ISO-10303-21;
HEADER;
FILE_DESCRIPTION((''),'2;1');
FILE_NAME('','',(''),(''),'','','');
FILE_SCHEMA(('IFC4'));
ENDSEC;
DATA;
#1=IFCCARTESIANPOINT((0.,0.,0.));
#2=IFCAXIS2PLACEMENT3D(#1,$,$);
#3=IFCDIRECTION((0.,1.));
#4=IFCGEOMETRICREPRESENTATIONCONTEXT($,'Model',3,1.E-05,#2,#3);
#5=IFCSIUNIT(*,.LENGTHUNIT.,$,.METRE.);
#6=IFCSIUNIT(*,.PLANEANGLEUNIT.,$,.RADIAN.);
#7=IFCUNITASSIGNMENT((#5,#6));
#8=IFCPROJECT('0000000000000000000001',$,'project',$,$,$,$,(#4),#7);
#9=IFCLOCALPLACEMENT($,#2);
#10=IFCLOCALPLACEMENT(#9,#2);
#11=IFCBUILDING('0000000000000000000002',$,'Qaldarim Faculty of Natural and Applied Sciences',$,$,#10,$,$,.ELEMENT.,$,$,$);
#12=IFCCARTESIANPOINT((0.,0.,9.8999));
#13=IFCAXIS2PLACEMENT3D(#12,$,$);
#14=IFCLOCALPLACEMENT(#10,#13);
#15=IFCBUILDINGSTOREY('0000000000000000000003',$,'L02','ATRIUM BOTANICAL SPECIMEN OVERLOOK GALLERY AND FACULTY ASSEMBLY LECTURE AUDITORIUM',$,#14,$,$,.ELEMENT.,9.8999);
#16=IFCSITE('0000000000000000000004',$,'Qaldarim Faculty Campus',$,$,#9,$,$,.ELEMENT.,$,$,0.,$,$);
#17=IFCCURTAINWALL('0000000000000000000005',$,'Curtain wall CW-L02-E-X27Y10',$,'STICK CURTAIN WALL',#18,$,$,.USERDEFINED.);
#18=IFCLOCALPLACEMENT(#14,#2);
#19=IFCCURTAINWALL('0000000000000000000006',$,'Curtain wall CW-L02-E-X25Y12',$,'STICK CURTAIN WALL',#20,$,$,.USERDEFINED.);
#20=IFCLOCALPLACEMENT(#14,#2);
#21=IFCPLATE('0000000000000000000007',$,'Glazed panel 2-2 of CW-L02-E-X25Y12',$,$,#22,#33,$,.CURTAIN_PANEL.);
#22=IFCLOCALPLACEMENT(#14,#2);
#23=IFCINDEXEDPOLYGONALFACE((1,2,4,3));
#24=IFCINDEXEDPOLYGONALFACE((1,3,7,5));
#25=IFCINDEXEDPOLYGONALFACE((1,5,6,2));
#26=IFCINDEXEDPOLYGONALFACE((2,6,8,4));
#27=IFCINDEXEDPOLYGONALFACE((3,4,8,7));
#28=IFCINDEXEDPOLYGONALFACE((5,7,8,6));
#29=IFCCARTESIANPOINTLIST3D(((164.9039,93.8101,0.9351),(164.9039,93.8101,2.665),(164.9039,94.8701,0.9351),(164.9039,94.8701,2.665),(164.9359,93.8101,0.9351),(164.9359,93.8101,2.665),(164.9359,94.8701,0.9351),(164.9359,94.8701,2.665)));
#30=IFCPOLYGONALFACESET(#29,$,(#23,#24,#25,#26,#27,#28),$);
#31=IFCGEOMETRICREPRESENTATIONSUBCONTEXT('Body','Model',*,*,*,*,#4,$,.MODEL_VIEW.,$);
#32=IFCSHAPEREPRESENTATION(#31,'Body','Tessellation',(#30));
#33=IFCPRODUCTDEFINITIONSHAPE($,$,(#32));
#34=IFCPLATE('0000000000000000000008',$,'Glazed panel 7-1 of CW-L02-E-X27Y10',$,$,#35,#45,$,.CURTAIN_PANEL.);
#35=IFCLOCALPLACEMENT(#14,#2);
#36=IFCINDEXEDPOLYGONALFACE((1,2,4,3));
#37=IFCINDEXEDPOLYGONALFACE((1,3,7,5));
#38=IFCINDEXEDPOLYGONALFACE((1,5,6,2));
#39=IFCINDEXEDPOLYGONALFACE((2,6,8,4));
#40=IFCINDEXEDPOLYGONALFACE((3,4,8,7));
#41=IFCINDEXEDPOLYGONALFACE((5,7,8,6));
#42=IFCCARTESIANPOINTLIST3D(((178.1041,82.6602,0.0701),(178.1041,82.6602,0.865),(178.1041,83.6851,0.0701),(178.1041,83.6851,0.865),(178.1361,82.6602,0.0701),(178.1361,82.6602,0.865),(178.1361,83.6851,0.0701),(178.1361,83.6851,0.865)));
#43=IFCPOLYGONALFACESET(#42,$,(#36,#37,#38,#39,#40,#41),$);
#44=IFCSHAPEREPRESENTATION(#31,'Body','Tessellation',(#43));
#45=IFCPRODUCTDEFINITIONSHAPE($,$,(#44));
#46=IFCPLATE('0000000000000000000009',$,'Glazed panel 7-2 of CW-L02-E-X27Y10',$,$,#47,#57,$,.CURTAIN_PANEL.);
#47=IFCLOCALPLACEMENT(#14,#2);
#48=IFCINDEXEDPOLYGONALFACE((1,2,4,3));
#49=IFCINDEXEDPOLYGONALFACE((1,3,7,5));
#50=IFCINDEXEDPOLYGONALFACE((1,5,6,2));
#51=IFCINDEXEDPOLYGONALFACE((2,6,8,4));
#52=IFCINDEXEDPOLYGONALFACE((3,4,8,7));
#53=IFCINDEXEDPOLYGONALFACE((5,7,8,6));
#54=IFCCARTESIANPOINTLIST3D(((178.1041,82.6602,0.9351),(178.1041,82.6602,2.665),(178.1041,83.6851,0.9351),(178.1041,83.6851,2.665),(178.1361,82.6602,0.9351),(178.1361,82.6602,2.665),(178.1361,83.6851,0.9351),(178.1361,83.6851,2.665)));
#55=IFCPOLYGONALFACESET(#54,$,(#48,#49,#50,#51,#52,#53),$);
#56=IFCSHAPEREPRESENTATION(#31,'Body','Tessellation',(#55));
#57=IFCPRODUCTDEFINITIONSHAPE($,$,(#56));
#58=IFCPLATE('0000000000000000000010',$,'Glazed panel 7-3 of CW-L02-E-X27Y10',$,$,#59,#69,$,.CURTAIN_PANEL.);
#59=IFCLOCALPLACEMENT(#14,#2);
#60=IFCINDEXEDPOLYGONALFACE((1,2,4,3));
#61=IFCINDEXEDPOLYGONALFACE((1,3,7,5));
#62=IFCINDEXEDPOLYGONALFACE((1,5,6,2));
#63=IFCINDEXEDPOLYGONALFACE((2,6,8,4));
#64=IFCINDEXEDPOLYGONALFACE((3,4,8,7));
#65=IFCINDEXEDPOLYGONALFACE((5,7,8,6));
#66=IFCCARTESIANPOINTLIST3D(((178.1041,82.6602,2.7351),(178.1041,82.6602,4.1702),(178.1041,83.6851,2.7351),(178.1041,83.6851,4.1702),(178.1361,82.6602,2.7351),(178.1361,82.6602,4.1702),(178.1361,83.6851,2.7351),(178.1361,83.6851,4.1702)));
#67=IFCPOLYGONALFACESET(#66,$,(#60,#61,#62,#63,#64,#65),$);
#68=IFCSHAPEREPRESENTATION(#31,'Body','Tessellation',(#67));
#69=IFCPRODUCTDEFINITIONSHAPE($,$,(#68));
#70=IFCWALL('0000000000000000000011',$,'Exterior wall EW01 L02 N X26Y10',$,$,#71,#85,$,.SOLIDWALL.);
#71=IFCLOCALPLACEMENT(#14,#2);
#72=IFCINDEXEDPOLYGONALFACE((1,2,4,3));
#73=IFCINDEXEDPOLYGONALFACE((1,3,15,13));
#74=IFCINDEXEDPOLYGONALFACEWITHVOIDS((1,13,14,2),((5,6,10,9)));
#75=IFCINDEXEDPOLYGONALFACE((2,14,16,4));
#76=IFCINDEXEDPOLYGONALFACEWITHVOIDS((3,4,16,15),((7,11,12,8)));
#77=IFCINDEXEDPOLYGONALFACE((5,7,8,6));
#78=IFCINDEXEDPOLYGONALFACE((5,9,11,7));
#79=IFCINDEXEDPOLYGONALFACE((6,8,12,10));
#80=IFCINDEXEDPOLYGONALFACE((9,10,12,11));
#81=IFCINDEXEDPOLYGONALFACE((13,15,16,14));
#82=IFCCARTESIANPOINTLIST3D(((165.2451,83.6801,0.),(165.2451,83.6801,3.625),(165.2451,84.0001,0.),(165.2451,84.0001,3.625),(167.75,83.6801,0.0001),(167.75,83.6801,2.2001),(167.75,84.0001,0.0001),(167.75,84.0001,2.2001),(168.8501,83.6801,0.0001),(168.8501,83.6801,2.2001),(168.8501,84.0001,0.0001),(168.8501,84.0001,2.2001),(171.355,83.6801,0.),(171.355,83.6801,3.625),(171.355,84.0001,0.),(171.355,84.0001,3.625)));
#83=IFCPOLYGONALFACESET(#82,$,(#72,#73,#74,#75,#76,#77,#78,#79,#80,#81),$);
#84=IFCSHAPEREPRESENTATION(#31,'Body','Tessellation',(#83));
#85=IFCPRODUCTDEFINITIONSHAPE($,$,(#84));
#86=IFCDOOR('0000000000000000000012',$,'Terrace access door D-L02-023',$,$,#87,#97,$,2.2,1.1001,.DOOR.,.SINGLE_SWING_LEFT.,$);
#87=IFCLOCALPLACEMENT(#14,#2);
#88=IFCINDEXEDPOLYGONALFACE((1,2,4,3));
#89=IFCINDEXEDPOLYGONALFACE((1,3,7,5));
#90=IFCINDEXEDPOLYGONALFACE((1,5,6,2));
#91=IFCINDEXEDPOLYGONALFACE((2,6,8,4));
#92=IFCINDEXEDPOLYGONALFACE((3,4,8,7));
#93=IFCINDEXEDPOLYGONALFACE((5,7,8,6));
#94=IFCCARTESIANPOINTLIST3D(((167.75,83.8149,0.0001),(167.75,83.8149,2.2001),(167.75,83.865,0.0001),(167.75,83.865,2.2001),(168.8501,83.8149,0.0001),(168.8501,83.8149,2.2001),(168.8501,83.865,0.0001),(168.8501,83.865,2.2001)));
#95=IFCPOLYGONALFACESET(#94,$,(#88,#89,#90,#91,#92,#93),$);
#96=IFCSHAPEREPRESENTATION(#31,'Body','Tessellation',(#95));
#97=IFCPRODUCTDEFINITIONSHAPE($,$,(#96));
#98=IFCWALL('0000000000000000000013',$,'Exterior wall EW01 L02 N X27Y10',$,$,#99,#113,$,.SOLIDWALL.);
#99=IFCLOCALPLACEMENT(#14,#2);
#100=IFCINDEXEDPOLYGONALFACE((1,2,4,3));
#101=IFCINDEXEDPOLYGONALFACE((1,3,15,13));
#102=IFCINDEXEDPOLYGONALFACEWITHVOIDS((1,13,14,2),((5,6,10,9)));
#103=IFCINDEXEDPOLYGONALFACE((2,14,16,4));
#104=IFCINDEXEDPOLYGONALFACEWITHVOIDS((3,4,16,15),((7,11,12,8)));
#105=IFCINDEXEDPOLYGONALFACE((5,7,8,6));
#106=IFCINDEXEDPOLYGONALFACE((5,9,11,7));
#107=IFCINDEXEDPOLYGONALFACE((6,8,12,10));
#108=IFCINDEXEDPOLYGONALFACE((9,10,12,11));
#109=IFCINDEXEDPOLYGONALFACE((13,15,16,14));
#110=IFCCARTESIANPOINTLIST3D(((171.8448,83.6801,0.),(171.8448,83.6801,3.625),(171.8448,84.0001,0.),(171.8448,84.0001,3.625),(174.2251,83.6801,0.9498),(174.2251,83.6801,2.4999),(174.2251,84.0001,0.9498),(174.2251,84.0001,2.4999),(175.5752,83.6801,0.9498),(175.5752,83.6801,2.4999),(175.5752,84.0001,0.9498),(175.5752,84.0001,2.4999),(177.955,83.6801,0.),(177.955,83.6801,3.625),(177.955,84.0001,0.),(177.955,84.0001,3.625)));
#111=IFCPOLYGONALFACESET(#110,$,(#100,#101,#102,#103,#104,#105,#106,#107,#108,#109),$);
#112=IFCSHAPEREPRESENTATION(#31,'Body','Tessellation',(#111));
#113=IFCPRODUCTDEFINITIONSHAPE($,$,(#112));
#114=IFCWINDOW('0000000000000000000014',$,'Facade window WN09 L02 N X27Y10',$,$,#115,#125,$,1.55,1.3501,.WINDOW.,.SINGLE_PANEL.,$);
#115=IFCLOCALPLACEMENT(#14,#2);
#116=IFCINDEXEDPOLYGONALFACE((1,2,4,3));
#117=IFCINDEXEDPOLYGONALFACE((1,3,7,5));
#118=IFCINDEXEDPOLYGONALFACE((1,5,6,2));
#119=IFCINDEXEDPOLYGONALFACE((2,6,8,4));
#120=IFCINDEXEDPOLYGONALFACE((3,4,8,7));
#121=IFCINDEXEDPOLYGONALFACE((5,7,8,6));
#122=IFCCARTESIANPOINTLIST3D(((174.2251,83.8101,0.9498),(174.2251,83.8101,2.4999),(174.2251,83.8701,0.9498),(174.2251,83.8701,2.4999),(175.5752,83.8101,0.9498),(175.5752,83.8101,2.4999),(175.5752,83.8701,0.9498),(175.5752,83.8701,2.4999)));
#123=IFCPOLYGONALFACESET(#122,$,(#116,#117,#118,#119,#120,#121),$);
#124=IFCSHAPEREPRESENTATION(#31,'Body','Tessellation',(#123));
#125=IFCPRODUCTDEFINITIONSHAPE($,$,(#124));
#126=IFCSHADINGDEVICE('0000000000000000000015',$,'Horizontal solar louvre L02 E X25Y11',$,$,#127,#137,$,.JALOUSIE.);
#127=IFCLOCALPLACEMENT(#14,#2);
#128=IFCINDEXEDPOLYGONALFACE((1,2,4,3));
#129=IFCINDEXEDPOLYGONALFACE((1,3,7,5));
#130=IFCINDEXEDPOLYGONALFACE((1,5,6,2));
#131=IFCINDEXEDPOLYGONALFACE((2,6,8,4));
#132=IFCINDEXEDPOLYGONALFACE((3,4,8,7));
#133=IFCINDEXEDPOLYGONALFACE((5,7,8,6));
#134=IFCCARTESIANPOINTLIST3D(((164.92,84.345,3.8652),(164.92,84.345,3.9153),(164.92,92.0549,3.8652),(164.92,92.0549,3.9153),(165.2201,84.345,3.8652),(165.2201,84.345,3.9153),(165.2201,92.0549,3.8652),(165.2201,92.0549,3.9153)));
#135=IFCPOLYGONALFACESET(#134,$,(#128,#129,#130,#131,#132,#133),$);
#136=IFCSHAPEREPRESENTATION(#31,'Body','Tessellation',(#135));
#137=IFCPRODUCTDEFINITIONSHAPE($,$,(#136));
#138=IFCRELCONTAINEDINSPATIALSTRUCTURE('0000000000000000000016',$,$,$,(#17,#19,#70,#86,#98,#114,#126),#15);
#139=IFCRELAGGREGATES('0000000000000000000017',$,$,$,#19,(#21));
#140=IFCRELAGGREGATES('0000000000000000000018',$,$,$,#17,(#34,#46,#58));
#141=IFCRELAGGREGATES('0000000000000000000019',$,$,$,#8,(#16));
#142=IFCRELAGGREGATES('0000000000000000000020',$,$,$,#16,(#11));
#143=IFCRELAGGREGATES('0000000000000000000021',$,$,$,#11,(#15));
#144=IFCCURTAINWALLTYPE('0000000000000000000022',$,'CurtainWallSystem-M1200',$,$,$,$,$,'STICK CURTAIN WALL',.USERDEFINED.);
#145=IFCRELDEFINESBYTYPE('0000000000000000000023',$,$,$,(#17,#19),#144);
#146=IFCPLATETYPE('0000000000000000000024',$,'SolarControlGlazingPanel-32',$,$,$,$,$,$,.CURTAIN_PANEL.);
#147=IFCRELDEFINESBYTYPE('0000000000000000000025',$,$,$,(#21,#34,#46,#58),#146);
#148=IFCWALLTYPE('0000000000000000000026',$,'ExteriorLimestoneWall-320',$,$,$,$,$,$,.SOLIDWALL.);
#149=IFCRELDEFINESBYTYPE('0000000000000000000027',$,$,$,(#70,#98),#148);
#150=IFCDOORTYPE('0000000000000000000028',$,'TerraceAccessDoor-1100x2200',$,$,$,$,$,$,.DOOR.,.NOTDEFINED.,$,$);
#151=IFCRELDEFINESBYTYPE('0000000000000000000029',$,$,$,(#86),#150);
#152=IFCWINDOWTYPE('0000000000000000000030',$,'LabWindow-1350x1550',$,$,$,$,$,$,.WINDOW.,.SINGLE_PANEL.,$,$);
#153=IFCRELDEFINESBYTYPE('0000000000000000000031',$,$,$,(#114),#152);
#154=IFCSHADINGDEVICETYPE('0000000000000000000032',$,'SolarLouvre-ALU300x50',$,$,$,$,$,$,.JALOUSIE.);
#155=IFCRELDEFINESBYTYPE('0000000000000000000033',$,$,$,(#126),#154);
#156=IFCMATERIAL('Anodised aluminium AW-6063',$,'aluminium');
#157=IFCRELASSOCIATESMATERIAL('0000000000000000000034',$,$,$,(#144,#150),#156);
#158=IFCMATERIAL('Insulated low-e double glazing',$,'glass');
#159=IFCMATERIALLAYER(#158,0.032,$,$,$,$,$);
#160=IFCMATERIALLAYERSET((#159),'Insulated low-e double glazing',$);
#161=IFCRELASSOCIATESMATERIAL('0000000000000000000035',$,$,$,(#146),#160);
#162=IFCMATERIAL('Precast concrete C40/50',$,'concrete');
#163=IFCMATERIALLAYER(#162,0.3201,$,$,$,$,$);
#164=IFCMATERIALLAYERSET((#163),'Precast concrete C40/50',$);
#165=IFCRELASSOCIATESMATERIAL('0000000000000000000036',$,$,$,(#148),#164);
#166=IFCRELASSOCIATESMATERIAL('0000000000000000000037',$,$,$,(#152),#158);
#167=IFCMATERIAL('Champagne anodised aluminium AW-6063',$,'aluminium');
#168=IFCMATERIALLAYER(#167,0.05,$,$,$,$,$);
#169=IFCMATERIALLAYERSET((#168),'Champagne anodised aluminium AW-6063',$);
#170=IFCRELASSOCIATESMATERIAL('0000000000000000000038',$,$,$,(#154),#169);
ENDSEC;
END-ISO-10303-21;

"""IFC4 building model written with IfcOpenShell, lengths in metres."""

from ifc_helpers import new_model, si_unit, direction, frame, frame_2d, origin, origin_2d, place, context, subcontext, project, spatial, rectangle, extrude, material, layer, layer_set, type_object, element, fill, aggregate, save


model = new_model("IFC4")

# Units and contexts
model_context = context("Model", 3, precision=1e-05, world=origin(), true_north=direction((0.0, 1.0)))
body_context = subcontext(model_context, "Body", "Model", "MODEL_VIEW")
ifc_project = project(units=[si_unit("LENGTHUNIT", "METRE"), si_unit("PLANEANGLEUNIT", "RADIAN")], contexts=[model_context])

# Site, building, storey
site_placement = place(None, origin())
site = spatial("IfcSite", under=ifc_project, at=site_placement, Name="Qaldarim Faculty Campus", CompositionType="ELEMENT", RefElevation=0.0)
building_placement = place(site_placement, origin())
building = spatial("IfcBuilding", under=site, at=building_placement, Name="Qaldarim Faculty of Natural and Applied Sciences", CompositionType="ELEMENT")
storey_placement = place(building_placement, frame((0.0, 0.0, 9.8999)))
storey = spatial("IfcBuildingStorey", under=building, at=storey_placement, Name="L02", Description="ATRIUM BOTANICAL SPECIMEN OVERLOOK GALLERY AND FACULTY ASSEMBLY LECTURE AUDITORIUM", CompositionType="ELEMENT", Elevation=9.8999)

# Curtain wall
ifc_material_1 = material(Name="Anodised aluminium AW-6063", Category="aluminium")
curtain_wall_type = type_object("IfcCurtainWallType", Name="CurtainWallSystem-M1200", ElementType="STICK CURTAIN WALL", PredefinedType="USERDEFINED", material=ifc_material_1)
curtain_wall_1_placement = place(storey_placement, origin())
curtain_wall_1 = element("IfcCurtainWall", 1, at=curtain_wall_1_placement, inside=storey, type_object=curtain_wall_type, Name="Curtain wall CW-L02-E-X27Y10", ObjectType="STICK CURTAIN WALL", PredefinedType="USERDEFINED")

# Shared definitions
ifc_material_2 = material(Name="Precast concrete C40/50", Category="concrete")

# Curtain wall, plate
curtain_wall_2_placement = place(storey_placement, origin())
curtain_wall_2 = element("IfcCurtainWall", 2, at=curtain_wall_2_placement, inside=storey, type_object=curtain_wall_type, Name="Curtain wall CW-L02-E-X25Y12", ObjectType="STICK CURTAIN WALL", PredefinedType="USERDEFINED")
ifc_material_3 = material(Name="Insulated low-e double glazing", Category="glass")
ifc_layer_1 = layer(ifc_material_3, 0.032)
ifc_layer_set_1 = layer_set([ifc_layer_1], Name="Insulated low-e double glazing")
plate_type = type_object("IfcPlateType", Name="SolarControlGlazingPanel-32", PredefinedType="CURTAIN_PANEL", material=ifc_layer_set_1)
plate_1_placement = place(storey_placement, frame((164.9199, 94.3401, 0.9351), z_axis=(0.0, 0.0, 1.0), x_axis=(0.0, 1.0, 0.0)))
plate_1 = element("IfcPlate", 3, at=plate_1_placement, type_object=plate_type, Name="Glazed panel 2-2 of CW-L02-E-X25Y12", PredefinedType="CURTAIN_PANEL", context=body_context, shape_type="SweptSolid", body=[
    extrude(rectangle(XDim=1.0601, YDim=0.032, at=origin_2d()), origin(), (0.0, 0.0, 1.0), 1.73),
])
aggregate(curtain_wall_2, [plate_1])

# Plates
plate_2_placement = place(storey_placement, frame((178.1201, 83.1726, 0.0701), z_axis=(0.0, 0.0, 1.0), x_axis=(0.0, 1.0, 0.0)))
plate_2 = element("IfcPlate", 4, at=plate_2_placement, type_object=plate_type, Name="Glazed panel 7-1 of CW-L02-E-X27Y10", PredefinedType="CURTAIN_PANEL", context=body_context, shape_type="SweptSolid", body=[
    extrude(rectangle(XDim=1.0249, YDim=0.032, at=origin_2d()), origin(), (0.0, 0.0, 1.0), 0.7949),
])
plate_3_placement = place(storey_placement, frame((178.1201, 83.1726, 0.9351), z_axis=(0.0, 0.0, 1.0), x_axis=(0.0, 1.0, 0.0)))
plate_3 = element("IfcPlate", 5, at=plate_3_placement, type_object=plate_type, Name="Glazed panel 7-2 of CW-L02-E-X27Y10", PredefinedType="CURTAIN_PANEL", context=body_context, shape_type="SweptSolid", body=[
    extrude(rectangle(XDim=1.0249, YDim=0.032, at=origin_2d()), origin(), (0.0, 0.0, 1.0), 1.73),
])
plate_4_placement = place(storey_placement, frame((178.1201, 83.1726, 2.7351), z_axis=(0.0, 0.0, 1.0), x_axis=(0.0, 1.0, 0.0)))
plate_4 = element("IfcPlate", 6, at=plate_4_placement, type_object=plate_type, Name="Glazed panel 7-3 of CW-L02-E-X27Y10", PredefinedType="CURTAIN_PANEL", context=body_context, shape_type="SweptSolid", body=[
    extrude(rectangle(XDim=1.0249, YDim=0.032, at=origin_2d()), origin(), (0.0, 0.0, 1.0), 1.4351),
])
aggregate(curtain_wall_1, [plate_2, plate_3, plate_4])

# Wall, opening, door
ifc_layer_2 = layer(ifc_material_2, 0.3201)
ifc_layer_set_2 = layer_set([ifc_layer_2], Name="Precast concrete C40/50")
wall_type = type_object("IfcWallType", Name="ExteriorLimestoneWall-320", PredefinedType="SOLIDWALL", material=ifc_layer_set_2)
wall_1_placement = place(storey_placement, frame((171.355, 83.8401, 0.0), z_axis=(0.0, 0.0, 1.0), x_axis=(-1.0, 0.0, 0.0)))
wall_1 = element("IfcWall", 7, at=wall_1_placement, inside=storey, type_object=wall_type, Name="Exterior wall EW01 L02 N X26Y10", PredefinedType="SOLIDWALL", context=body_context, shape_type="SweptSolid", body=[
    extrude(rectangle(XDim=6.1099, YDim=0.3201, at=frame_2d((3.0549, 0.0))), origin(), (0.0, 0.0, 1.0), 3.625),
])
opening_1_placement = place(wall_1_placement, frame((2.5049, 0.0, 0.0)))
opening_1 = element("IfcOpeningElement", 8, at=opening_1_placement, cuts=wall_1, PredefinedType="OPENING", context=body_context, shape_type="SweptSolid", body=[
    extrude(rectangle(XDim=1.1001, YDim=2.2, at=frame_2d((0.55, 1.1001))), frame((0.0, 0.1699, 0.0), z_axis=(0.0, -1.0, 0.0), x_axis=(1.0, 0.0, 0.0)), (0.0, 0.0, 1.0), 0.3401),
])
door_type = type_object("IfcDoorType", Name="TerraceAccessDoor-1100x2200", OperationType="NOTDEFINED", PredefinedType="DOOR", material=ifc_material_1)
door_placement = place(opening_1_placement, frame((1.1001, 0.0, 0.0), z_axis=(0.0, 0.0, 1.0), x_axis=(-1.0, 0.0, 0.0)))
door = element("IfcDoor", 9, at=door_placement, inside=storey, type_object=door_type, Name="Terrace access door D-L02-023", OperationType="SINGLE_SWING_LEFT", OverallHeight=2.2, OverallWidth=1.1001, PredefinedType="DOOR", context=body_context, shape_type="SweptSolid", body=[
    extrude(rectangle(XDim=1.1001, YDim=2.2, at=frame_2d((0.55, 1.1001))), frame((0.0, 0.0249, 0.0), z_axis=(0.0, -1.0, 0.0), x_axis=(1.0, 0.0, 0.0)), (0.0, 0.0, 1.0), 0.05),
])
fill(opening_1, door)

# Wall, opening, window
wall_2_placement = place(storey_placement, frame((177.9551, 83.8401, 0.0), z_axis=(0.0, 0.0, 1.0), x_axis=(-1.0, 0.0, 0.0)))
wall_2 = element("IfcWall", 10, at=wall_2_placement, inside=storey, type_object=wall_type, Name="Exterior wall EW01 L02 N X27Y10", PredefinedType="SOLIDWALL", context=body_context, shape_type="SweptSolid", body=[
    extrude(rectangle(XDim=6.1101, YDim=0.3201, at=frame_2d((3.0552, 0.0))), origin(), (0.0, 0.0, 1.0), 3.625),
])
opening_2_placement = place(wall_2_placement, frame((2.3799, 0.0, 0.95)))
opening_2 = element("IfcOpeningElement", 11, at=opening_2_placement, cuts=wall_2, PredefinedType="OPENING", context=body_context, shape_type="SweptSolid", body=[
    extrude(rectangle(XDim=1.3501, YDim=1.55, at=frame_2d((0.675, 0.7749))), frame((0.0, 0.1699, 0.0), z_axis=(0.0, -1.0, 0.0), x_axis=(1.0, 0.0, 0.0)), (0.0, 0.0, 1.0), 0.3401),
])
window_type = type_object("IfcWindowType", Name="LabWindow-1350x1550", PartitioningType="SINGLE_PANEL", PredefinedType="WINDOW", material=ifc_material_3)
window_placement = place(opening_2_placement, origin())
window = element("IfcWindow", 12, at=window_placement, inside=storey, type_object=window_type, Name="Facade window WN09 L02 N X27Y10", OverallHeight=1.55, OverallWidth=1.3501, PartitioningType="SINGLE_PANEL", PredefinedType="WINDOW", context=body_context, shape_type="SweptSolid", body=[
    extrude(rectangle(XDim=1.3501, YDim=1.55, at=frame_2d((0.675, 0.7749))), frame((0.0, 0.03, 0.0), z_axis=(0.0, -1.0, 0.0), x_axis=(1.0, 0.0, 0.0)), (0.0, 0.0, 1.0), 0.0601),
])
fill(opening_2, window)

# Shading device
ifc_material_4 = material(Name="Champagne anodised aluminium AW-6063", Category="aluminium")
ifc_layer_3 = layer(ifc_material_4, 0.05)
ifc_layer_set_3 = layer_set([ifc_layer_3], Name="Champagne anodised aluminium AW-6063")
shading_device_type = type_object("IfcShadingDeviceType", Name="SolarLouvre-ALU300x50", PredefinedType="JALOUSIE", material=ifc_layer_set_3)
shading_device_placement = place(storey_placement, frame((165.0701, 88.2, 3.8652), z_axis=(0.0, 0.0, 1.0), x_axis=(0.0, 1.0, 0.0)))
element("IfcShadingDevice", 13, at=shading_device_placement, inside=storey, type_object=shading_device_type, Name="Horizontal solar louvre L02 E X25Y11", PredefinedType="JALOUSIE", context=body_context, shape_type="SweptSolid", body=[
    extrude(rectangle(XDim=7.71, YDim=0.3, at=origin_2d()), origin(), (0.0, 0.0, 1.0), 0.05),
])

save(model, "model.ifc")
